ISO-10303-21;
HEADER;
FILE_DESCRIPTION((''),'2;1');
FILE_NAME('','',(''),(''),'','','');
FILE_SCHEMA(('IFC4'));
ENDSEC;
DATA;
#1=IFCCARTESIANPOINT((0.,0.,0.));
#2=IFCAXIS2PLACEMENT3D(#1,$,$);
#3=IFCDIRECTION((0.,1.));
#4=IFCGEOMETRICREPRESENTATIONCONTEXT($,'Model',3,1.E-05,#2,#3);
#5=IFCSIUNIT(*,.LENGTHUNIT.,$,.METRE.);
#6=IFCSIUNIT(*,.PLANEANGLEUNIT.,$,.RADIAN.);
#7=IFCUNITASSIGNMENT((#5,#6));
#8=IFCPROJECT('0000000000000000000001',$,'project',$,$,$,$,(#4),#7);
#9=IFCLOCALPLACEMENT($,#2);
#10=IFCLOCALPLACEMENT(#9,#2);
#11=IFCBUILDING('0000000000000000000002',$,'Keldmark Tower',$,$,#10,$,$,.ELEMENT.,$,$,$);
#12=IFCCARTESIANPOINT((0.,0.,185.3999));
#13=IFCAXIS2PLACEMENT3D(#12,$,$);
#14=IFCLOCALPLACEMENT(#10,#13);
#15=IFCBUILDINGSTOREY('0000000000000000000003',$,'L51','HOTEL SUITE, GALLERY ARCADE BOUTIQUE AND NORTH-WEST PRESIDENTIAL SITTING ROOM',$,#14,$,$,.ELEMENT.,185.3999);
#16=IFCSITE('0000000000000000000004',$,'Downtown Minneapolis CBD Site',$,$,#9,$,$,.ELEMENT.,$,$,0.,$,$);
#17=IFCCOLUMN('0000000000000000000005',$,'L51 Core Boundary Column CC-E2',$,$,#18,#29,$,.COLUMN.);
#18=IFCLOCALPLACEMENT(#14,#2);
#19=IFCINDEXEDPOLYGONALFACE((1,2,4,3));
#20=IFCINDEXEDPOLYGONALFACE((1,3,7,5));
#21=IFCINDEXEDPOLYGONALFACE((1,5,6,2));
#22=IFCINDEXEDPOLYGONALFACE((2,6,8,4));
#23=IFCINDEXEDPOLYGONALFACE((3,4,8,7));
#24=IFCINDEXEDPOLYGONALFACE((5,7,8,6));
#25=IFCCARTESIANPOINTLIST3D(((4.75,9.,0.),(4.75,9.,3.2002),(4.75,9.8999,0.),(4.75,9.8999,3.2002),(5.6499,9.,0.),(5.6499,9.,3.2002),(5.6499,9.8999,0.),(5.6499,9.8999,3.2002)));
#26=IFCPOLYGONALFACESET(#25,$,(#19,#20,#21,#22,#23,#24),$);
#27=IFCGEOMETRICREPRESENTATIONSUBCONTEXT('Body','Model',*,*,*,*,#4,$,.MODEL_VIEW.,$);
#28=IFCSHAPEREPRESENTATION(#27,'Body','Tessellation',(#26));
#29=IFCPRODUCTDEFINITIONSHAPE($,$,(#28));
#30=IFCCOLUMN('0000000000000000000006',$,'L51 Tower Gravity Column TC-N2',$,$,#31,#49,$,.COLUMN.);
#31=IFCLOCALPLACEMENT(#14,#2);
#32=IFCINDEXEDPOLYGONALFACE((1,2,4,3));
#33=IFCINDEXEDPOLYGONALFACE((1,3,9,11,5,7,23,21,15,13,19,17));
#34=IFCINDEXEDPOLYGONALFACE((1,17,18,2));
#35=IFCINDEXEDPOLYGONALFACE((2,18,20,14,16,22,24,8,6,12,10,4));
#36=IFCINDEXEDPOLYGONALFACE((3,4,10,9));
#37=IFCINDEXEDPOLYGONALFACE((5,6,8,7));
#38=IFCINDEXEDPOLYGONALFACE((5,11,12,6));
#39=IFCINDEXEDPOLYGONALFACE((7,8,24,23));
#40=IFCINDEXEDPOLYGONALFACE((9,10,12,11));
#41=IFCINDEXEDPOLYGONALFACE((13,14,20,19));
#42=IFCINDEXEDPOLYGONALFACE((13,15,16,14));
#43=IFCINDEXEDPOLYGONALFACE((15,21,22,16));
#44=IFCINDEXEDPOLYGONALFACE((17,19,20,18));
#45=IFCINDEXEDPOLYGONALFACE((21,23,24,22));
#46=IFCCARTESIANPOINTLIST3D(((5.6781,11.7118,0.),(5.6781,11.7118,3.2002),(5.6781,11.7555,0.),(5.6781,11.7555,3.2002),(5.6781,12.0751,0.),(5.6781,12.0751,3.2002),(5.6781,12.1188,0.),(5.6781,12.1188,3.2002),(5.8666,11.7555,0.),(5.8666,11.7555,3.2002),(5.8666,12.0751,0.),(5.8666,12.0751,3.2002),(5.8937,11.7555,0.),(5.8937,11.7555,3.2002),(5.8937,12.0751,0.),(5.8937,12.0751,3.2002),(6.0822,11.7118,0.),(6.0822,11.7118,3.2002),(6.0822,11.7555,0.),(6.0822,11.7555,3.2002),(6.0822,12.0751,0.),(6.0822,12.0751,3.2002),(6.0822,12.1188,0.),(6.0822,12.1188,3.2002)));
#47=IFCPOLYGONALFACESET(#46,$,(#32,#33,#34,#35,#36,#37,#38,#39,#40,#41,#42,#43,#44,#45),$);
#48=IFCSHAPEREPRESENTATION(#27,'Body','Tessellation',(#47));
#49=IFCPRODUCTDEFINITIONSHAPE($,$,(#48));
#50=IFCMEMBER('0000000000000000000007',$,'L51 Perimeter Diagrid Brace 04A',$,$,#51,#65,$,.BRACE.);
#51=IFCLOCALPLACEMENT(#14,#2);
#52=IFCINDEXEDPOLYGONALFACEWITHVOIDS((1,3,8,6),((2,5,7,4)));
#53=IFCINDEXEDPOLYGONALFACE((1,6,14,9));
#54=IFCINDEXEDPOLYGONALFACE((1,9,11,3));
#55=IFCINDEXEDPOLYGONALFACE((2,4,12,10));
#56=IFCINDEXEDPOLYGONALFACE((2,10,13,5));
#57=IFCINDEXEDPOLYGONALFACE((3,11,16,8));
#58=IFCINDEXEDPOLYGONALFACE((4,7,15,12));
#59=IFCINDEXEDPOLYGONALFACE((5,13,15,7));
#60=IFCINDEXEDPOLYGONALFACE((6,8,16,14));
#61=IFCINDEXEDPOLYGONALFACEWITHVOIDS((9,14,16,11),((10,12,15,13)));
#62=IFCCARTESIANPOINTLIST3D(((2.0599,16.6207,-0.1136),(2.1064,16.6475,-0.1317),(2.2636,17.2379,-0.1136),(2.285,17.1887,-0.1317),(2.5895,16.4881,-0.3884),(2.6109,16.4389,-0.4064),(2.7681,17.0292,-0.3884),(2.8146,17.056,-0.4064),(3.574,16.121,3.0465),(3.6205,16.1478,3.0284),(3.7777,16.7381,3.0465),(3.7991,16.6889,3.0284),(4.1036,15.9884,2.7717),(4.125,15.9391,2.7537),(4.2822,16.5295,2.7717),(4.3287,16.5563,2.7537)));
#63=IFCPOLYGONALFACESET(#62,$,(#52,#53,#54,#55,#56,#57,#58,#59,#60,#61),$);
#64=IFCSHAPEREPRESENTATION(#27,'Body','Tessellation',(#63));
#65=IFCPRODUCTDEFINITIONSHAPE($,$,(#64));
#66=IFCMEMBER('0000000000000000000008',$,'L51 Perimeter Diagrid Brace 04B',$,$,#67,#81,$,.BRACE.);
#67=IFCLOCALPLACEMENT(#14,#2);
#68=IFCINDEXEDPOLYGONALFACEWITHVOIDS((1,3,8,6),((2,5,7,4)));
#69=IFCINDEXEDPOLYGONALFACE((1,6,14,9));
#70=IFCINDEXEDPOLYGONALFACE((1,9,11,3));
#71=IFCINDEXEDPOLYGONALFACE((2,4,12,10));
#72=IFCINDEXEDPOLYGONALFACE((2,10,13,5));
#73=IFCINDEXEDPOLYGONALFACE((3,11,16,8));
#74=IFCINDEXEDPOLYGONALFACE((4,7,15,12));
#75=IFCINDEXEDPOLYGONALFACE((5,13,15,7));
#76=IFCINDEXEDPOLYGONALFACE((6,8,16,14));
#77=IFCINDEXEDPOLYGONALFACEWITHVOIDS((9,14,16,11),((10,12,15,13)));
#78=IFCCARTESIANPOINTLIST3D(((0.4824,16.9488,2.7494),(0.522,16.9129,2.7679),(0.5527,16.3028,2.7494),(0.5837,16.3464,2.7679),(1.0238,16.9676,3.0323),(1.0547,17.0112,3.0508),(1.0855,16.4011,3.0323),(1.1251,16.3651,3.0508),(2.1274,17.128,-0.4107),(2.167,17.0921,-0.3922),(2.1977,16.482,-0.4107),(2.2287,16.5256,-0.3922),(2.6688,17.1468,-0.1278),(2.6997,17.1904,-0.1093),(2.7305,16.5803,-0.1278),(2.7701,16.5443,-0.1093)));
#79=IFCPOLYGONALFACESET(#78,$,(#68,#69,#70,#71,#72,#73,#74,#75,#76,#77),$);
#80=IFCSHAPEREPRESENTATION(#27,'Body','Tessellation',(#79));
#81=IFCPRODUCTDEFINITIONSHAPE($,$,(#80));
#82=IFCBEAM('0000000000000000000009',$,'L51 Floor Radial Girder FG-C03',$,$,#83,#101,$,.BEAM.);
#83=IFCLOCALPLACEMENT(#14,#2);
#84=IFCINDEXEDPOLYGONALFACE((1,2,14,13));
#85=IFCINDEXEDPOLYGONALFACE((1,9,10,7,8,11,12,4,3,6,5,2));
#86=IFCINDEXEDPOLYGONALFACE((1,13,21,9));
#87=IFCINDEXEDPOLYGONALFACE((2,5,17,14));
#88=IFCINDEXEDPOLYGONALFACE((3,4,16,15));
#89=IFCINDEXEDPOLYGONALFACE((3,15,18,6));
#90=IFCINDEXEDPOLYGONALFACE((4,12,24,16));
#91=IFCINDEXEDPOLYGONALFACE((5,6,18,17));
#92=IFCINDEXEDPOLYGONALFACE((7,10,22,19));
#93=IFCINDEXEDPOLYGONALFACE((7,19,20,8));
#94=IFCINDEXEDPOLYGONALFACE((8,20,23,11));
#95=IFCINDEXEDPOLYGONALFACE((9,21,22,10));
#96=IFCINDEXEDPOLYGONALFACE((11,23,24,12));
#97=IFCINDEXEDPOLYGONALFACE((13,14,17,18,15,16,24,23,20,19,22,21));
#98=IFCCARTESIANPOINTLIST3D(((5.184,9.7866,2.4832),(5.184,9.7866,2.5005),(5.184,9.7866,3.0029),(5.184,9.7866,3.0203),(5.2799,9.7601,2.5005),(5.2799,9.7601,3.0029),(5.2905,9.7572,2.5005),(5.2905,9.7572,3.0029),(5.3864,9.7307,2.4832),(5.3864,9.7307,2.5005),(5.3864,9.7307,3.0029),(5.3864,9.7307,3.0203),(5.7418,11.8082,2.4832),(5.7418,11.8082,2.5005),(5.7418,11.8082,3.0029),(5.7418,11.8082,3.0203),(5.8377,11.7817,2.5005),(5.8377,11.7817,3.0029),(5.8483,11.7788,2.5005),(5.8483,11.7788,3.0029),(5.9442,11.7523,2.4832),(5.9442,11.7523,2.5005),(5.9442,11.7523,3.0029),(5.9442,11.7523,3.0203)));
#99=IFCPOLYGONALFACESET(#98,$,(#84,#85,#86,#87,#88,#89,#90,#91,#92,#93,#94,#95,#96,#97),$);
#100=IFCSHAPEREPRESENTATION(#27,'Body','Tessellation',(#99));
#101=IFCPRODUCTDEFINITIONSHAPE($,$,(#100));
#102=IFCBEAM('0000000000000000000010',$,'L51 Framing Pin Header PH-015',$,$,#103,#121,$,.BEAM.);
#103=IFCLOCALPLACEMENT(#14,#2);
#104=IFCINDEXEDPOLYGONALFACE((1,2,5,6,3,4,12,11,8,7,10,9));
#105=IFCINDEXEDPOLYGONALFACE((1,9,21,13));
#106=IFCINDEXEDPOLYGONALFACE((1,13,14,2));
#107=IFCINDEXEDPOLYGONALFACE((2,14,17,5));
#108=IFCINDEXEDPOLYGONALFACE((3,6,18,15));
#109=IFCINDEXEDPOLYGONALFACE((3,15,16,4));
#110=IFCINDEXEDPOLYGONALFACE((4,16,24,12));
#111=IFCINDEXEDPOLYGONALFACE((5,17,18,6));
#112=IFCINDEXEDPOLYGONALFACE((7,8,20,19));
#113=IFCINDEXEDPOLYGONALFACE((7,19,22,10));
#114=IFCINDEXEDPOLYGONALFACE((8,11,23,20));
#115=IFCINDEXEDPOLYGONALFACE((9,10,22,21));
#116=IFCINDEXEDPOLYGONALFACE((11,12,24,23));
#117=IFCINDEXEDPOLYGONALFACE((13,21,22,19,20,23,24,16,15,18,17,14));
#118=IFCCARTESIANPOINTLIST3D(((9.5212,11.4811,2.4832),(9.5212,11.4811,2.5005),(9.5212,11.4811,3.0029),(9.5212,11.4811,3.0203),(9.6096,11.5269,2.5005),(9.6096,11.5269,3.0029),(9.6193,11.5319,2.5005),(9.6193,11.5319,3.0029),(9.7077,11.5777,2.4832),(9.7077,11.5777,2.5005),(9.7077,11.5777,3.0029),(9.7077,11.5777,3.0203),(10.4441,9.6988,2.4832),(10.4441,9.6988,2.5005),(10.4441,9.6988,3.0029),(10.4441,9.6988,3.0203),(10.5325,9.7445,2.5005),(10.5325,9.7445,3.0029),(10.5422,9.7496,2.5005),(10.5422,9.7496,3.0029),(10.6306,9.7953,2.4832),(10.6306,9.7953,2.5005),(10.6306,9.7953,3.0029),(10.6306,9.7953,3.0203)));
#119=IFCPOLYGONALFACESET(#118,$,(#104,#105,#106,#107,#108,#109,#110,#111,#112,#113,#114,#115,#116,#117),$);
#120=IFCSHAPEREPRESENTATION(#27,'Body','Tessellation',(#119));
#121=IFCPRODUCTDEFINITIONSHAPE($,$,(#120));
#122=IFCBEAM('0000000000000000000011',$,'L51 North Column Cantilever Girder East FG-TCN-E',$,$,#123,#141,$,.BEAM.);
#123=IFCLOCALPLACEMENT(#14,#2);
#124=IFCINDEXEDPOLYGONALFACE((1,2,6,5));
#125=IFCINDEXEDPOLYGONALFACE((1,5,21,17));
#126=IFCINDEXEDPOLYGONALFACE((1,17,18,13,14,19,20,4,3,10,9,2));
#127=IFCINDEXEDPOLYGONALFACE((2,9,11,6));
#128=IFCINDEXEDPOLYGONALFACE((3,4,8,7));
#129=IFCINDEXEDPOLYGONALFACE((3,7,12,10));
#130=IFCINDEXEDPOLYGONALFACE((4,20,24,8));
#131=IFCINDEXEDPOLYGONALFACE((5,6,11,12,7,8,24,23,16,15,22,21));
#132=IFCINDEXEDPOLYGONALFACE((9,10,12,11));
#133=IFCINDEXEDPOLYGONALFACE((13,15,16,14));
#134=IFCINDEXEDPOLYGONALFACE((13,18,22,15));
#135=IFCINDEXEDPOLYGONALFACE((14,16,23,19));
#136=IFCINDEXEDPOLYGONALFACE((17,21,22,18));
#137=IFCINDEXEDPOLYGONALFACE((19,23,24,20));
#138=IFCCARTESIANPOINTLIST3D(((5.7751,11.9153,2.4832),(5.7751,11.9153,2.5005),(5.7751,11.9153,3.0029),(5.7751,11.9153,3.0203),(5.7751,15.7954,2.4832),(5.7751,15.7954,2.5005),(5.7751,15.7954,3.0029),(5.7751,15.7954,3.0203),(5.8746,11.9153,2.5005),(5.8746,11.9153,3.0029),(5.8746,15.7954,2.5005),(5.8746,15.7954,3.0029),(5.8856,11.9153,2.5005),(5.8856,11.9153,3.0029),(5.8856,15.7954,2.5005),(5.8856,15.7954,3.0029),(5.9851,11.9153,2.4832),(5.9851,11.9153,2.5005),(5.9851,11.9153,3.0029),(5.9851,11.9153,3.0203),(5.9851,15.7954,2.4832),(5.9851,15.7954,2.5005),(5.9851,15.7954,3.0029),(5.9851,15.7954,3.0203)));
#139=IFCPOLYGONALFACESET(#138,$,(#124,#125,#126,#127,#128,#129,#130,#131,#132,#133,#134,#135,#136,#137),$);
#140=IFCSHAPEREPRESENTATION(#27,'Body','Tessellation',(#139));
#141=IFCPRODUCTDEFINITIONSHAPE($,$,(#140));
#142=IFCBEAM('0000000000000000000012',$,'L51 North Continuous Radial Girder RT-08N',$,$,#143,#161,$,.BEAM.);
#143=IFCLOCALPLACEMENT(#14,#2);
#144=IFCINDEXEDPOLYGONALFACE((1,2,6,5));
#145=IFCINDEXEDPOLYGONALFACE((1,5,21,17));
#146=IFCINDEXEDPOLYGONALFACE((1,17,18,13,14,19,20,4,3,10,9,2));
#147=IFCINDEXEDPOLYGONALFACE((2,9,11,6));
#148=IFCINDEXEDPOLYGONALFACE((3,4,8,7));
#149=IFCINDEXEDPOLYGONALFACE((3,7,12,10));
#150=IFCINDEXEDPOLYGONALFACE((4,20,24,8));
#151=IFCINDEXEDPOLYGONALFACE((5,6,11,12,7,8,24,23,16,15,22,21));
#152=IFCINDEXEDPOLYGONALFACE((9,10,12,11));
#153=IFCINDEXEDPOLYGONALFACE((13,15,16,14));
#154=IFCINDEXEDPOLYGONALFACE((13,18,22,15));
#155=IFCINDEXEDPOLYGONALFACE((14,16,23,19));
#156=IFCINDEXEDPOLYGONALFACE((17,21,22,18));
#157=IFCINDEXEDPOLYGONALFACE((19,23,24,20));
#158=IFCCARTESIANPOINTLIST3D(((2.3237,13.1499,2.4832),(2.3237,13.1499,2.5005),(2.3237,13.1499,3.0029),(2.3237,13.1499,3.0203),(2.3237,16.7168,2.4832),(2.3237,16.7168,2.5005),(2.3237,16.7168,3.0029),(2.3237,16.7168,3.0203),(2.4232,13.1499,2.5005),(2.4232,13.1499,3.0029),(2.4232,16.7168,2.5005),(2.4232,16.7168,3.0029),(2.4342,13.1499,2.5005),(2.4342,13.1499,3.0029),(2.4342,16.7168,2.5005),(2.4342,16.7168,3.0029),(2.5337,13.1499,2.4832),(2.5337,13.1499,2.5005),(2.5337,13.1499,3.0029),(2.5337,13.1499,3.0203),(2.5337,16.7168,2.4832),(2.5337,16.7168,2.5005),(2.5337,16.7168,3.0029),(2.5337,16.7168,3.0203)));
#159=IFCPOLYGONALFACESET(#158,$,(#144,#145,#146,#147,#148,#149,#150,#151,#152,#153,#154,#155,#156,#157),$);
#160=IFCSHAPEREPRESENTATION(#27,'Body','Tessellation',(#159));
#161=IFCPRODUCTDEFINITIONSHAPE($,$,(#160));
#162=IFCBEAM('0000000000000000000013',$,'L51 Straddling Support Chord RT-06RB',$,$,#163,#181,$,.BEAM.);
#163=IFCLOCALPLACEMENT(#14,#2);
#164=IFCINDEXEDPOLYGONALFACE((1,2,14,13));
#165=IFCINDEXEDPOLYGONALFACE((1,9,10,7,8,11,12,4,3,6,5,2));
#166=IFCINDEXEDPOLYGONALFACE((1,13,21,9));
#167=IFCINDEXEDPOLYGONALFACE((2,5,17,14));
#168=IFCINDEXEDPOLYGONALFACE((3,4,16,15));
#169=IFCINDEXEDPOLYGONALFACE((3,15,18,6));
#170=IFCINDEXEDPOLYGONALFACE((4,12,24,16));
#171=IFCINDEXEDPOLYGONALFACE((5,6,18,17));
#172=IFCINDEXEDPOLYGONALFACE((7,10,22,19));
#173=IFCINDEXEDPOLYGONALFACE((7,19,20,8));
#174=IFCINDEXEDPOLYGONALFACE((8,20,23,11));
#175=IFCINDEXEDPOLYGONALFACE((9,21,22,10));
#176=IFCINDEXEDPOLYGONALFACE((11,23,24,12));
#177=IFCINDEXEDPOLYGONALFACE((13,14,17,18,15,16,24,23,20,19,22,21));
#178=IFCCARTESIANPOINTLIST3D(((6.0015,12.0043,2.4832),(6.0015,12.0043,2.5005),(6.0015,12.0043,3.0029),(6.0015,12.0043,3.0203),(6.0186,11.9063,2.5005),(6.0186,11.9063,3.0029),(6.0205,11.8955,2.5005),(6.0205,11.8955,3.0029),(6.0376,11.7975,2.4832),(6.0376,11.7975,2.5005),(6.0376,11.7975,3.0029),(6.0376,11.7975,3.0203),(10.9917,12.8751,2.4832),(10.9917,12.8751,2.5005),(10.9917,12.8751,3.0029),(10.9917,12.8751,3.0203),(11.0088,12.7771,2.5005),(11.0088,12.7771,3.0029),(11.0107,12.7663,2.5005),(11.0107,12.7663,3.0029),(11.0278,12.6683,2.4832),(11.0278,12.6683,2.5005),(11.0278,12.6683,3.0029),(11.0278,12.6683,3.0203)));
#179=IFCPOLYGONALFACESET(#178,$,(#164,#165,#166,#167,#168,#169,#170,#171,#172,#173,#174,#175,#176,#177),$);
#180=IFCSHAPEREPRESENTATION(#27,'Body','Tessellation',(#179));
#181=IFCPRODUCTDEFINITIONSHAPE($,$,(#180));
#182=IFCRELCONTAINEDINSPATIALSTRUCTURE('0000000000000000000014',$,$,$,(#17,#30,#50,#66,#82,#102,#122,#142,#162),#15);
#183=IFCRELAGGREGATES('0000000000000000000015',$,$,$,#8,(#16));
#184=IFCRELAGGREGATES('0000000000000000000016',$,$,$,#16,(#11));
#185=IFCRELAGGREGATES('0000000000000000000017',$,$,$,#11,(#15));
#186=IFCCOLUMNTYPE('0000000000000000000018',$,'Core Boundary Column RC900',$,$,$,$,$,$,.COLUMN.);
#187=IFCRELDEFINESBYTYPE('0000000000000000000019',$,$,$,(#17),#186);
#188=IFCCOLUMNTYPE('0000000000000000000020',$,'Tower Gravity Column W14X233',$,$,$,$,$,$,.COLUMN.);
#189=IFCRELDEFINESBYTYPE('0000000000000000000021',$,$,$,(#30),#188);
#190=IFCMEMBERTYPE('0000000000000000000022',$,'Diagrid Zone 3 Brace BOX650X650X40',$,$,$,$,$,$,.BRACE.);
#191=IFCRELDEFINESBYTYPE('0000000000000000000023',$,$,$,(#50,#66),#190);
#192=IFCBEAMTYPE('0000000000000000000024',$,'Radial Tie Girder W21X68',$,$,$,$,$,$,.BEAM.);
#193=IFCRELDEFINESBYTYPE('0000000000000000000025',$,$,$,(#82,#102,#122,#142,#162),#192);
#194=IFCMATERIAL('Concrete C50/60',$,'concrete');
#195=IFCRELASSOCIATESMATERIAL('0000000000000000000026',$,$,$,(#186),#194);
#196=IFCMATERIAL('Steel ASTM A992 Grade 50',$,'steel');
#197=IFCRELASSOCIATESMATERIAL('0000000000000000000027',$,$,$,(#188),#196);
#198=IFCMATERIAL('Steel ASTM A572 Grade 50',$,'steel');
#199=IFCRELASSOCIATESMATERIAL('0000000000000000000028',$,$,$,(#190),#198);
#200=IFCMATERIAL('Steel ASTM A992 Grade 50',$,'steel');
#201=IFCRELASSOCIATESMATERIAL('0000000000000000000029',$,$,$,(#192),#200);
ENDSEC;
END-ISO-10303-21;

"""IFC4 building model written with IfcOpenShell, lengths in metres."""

from ifc_helpers import new_model, si_unit, direction, frame, origin, origin_2d, place, context, subcontext, project, spatial, rectangle, hollow_rectangle, i_section, extrude, material, material_profile, profile_set, type_object, element, save


model = new_model("IFC4")

# Units and contexts
model_context = context("Model", 3, precision=1e-05, world=origin(), true_north=direction((0.0, 1.0)))
body_context = subcontext(model_context, "Body", "Model", "MODEL_VIEW")
ifc_project = project(units=[si_unit("LENGTHUNIT", "METRE"), si_unit("PLANEANGLEUNIT", "RADIAN")], contexts=[model_context])

# Site, building, storey
site_placement = place(None, origin())
site = spatial("IfcSite", under=ifc_project, at=site_placement, Name="Downtown Minneapolis CBD Site", CompositionType="ELEMENT", RefElevation=0.0)
building_placement = place(site_placement, origin())
building = spatial("IfcBuilding", under=site, at=building_placement, Name="Keldmark Tower", CompositionType="ELEMENT")
storey_placement = place(building_placement, frame((0.0, 0.0, 185.3999)))
storey = spatial("IfcBuildingStorey", under=building, at=storey_placement, Name="L51", Description="HOTEL SUITE, GALLERY ARCADE BOUTIQUE AND NORTH-WEST PRESIDENTIAL SITTING ROOM", CompositionType="ELEMENT", Elevation=185.3999)

# Columns
ifc_material_1 = material(Name="Concrete C50/60", Category="concrete")
ifc_material_profile_1 = material_profile(ifc_material_1, rectangle(XDim=0.8999, YDim=0.8999, at=origin_2d()), Name="RC900X900")
ifc_profile_set_1 = profile_set([ifc_material_profile_1], Name="Concrete C50/60")
column_type_1 = type_object("IfcColumnType", Name="Core Boundary Column RC900", PredefinedType="COLUMN", material=ifc_profile_set_1)
column_1_placement = place(storey_placement, frame((5.2, 9.45, 0.0), z_axis=(0.0, 0.0, 1.0), x_axis=(1.0, 0.0, 0.0)))
element("IfcColumn", 1, at=column_1_placement, inside=storey, type_object=column_type_1, Name="L51 Core Boundary Column CC-E2", PredefinedType="COLUMN", context=body_context, shape_type="SweptSolid", body=[
    extrude(rectangle(XDim=0.8999, YDim=0.8999, at=origin_2d()), origin(), (0.0, 0.0, 1.0), 3.2002),
])
ifc_material_2 = material(Name="Steel ASTM A992 Grade 50", Category="steel")
ifc_material_profile_2 = material_profile(ifc_material_2, i_section(OverallWidth=0.4041, OverallDepth=0.407, WebThickness=0.0271, FlangeThickness=0.0437, at=origin_2d()), Name="W14X233")
ifc_profile_set_2 = profile_set([ifc_material_profile_2], Name="Steel ASTM A992 Grade 50")
column_type_2 = type_object("IfcColumnType", Name="Tower Gravity Column W14X233", PredefinedType="COLUMN", material=ifc_profile_set_2)
column_2_placement = place(storey_placement, frame((5.8801, 11.9153, 0.0), z_axis=(0.0, 0.0, 1.0), x_axis=(1.0, 0.0, 0.0)))
element("IfcColumn", 2, at=column_2_placement, inside=storey, type_object=column_type_2, Name="L51 Tower Gravity Column TC-N2", PredefinedType="COLUMN", context=body_context, shape_type="SweptSolid", body=[
    extrude(i_section(OverallWidth=0.4041, OverallDepth=0.407, WebThickness=0.0271, FlangeThickness=0.0437, at=origin_2d()), origin(), (0.0, 0.0, 1.0), 3.2002),
])

# Members
ifc_material_3 = material(Name="Steel ASTM A572 Grade 50", Category="steel")
ifc_material_profile_3 = material_profile(ifc_material_3, hollow_rectangle(XDim=0.6499, YDim=0.6499, WallThickness=0.04, at=origin_2d()), Name="BOX650X650X40")
ifc_profile_set_3 = profile_set([ifc_material_profile_3], Name="Steel ASTM A572 Grade 50")
member_type = type_object("IfcMemberType", Name="Diagrid Zone 3 Brace BOX650X650X40", PredefinedType="BRACE", material=ifc_profile_set_3)
member_1_placement = place(storey_placement, frame((2.4373, 16.8384, -0.26), z_axis=(0.427773, -0.141188, 0.892791), x_axis=(0.313424, 0.949613, 0.0)))
element("IfcMember", 3, at=member_1_placement, inside=storey, type_object=member_type, Name="L51 Perimeter Diagrid Brace 04A", PredefinedType="BRACE", context=body_context, shape_type="SweptSolid", body=[
    extrude(hollow_rectangle(XDim=0.6499, YDim=0.6499, WallThickness=0.04, at=origin_2d()), origin(), (0.0, 0.0, 1.0), 3.5396),
])
member_2_placement = place(storey_placement, frame((2.4487, 16.8362, -0.26), z_axis=(-0.461154, -0.050236, 0.885897), x_axis=(0.108294, -0.994119, 0.0)))
element("IfcMember", 4, at=member_2_placement, inside=storey, type_object=member_type, Name="L51 Perimeter Diagrid Brace 04B", PredefinedType="BRACE", context=body_context, shape_type="SweptSolid", body=[
    extrude(hollow_rectangle(XDim=0.6499, YDim=0.6499, WallThickness=0.04, at=origin_2d()), origin(), (0.0, 0.0, 1.0), 3.5671),
])

# Beams
ifc_material_4 = material(Name="Steel ASTM A992 Grade 50", Category="steel")
ifc_material_profile_4 = material_profile(ifc_material_4, i_section(OverallWidth=0.21, OverallDepth=0.5371, WebThickness=0.011, FlangeThickness=0.0173, at=origin_2d()), Name="W21X68")
ifc_profile_set_4 = profile_set([ifc_material_profile_4], Name="Steel ASTM A992 Grade 50")
beam_type_1 = type_object("IfcBeamType", Name="Radial Tie Girder W21X68", PredefinedType="BEAM", material=ifc_profile_set_4)
beam_1_placement = place(storey_placement, frame((5.843, 11.7803, 2.7517), z_axis=(-0.265992, -0.963975, 0.0), x_axis=(0.963975, -0.265992, 0.0)))
element("IfcBeam", 5, at=beam_1_placement, inside=storey, type_object=beam_type_1, Name="L51 Floor Radial Girder FG-C03", PredefinedType="BEAM", context=body_context, shape_type="SweptSolid", body=[
    extrude(i_section(OverallWidth=0.21, OverallDepth=0.5371, WebThickness=0.011, FlangeThickness=0.0173, at=origin_2d()), origin(), (0.0, 0.0, 1.0), 2.0972),
])
beam_2_placement = place(storey_placement, frame((10.5374, 9.7471, 2.7517), z_axis=(-0.45982, 0.888012, 0.0), x_axis=(-0.888012, -0.45982, 0.0)))
element("IfcBeam", 6, at=beam_2_placement, inside=storey, type_object=beam_type_1, Name="L51 Framing Pin Header PH-015", PredefinedType="BEAM", context=body_context, shape_type="SweptSolid", body=[
    extrude(i_section(OverallWidth=0.21, OverallDepth=0.5371, WebThickness=0.011, FlangeThickness=0.0173, at=origin_2d()), origin(), (0.0, 0.0, 1.0), 2.0071),
])
beam_3_placement = place(storey_placement, frame((5.8801, 11.9153, 2.7517), z_axis=(0.0, 1.0, 0.0), x_axis=(-1.0, 0.0, 0.0)))
element("IfcBeam", 7, at=beam_3_placement, inside=storey, type_object=beam_type_1, Name="L51 North Column Cantilever Girder East FG-TCN-E", PredefinedType="BEAM", context=body_context, shape_type="SweptSolid", body=[
    extrude(i_section(OverallWidth=0.21, OverallDepth=0.5371, WebThickness=0.011, FlangeThickness=0.0173, at=origin_2d()), origin(), (0.0, 0.0, 1.0), 3.8801),
])
beam_4_placement = place(storey_placement, frame((2.4287, 13.1499, 2.7517), z_axis=(0.0, 1.0, 0.0), x_axis=(-1.0, 0.0, 0.0)))
element("IfcBeam", 8, at=beam_4_placement, inside=storey, type_object=beam_type_1, Name="L51 North Continuous Radial Girder RT-08N", PredefinedType="BEAM", context=body_context, shape_type="SweptSolid", body=[
    extrude(i_section(OverallWidth=0.21, OverallDepth=0.5371, WebThickness=0.011, FlangeThickness=0.0173, at=origin_2d()), origin(), (0.0, 0.0, 1.0), 3.5669),
])
beam_5_placement = place(storey_placement, frame((11.0098, 12.7717, 2.7517), z_axis=(-0.985112, -0.171913, 0.0), x_axis=(0.171913, -0.985112, 0.0)))
element("IfcBeam", 9, at=beam_5_placement, inside=storey, type_object=beam_type_1, Name="L51 Straddling Support Chord RT-06RB", PredefinedType="BEAM", context=body_context, shape_type="SweptSolid", body=[
    extrude(i_section(OverallWidth=0.21, OverallDepth=0.5371, WebThickness=0.011, FlangeThickness=0.0173, at=origin_2d()), origin(), (0.0, 0.0, 1.0), 5.0657),
])

save(model, "model.ifc")
